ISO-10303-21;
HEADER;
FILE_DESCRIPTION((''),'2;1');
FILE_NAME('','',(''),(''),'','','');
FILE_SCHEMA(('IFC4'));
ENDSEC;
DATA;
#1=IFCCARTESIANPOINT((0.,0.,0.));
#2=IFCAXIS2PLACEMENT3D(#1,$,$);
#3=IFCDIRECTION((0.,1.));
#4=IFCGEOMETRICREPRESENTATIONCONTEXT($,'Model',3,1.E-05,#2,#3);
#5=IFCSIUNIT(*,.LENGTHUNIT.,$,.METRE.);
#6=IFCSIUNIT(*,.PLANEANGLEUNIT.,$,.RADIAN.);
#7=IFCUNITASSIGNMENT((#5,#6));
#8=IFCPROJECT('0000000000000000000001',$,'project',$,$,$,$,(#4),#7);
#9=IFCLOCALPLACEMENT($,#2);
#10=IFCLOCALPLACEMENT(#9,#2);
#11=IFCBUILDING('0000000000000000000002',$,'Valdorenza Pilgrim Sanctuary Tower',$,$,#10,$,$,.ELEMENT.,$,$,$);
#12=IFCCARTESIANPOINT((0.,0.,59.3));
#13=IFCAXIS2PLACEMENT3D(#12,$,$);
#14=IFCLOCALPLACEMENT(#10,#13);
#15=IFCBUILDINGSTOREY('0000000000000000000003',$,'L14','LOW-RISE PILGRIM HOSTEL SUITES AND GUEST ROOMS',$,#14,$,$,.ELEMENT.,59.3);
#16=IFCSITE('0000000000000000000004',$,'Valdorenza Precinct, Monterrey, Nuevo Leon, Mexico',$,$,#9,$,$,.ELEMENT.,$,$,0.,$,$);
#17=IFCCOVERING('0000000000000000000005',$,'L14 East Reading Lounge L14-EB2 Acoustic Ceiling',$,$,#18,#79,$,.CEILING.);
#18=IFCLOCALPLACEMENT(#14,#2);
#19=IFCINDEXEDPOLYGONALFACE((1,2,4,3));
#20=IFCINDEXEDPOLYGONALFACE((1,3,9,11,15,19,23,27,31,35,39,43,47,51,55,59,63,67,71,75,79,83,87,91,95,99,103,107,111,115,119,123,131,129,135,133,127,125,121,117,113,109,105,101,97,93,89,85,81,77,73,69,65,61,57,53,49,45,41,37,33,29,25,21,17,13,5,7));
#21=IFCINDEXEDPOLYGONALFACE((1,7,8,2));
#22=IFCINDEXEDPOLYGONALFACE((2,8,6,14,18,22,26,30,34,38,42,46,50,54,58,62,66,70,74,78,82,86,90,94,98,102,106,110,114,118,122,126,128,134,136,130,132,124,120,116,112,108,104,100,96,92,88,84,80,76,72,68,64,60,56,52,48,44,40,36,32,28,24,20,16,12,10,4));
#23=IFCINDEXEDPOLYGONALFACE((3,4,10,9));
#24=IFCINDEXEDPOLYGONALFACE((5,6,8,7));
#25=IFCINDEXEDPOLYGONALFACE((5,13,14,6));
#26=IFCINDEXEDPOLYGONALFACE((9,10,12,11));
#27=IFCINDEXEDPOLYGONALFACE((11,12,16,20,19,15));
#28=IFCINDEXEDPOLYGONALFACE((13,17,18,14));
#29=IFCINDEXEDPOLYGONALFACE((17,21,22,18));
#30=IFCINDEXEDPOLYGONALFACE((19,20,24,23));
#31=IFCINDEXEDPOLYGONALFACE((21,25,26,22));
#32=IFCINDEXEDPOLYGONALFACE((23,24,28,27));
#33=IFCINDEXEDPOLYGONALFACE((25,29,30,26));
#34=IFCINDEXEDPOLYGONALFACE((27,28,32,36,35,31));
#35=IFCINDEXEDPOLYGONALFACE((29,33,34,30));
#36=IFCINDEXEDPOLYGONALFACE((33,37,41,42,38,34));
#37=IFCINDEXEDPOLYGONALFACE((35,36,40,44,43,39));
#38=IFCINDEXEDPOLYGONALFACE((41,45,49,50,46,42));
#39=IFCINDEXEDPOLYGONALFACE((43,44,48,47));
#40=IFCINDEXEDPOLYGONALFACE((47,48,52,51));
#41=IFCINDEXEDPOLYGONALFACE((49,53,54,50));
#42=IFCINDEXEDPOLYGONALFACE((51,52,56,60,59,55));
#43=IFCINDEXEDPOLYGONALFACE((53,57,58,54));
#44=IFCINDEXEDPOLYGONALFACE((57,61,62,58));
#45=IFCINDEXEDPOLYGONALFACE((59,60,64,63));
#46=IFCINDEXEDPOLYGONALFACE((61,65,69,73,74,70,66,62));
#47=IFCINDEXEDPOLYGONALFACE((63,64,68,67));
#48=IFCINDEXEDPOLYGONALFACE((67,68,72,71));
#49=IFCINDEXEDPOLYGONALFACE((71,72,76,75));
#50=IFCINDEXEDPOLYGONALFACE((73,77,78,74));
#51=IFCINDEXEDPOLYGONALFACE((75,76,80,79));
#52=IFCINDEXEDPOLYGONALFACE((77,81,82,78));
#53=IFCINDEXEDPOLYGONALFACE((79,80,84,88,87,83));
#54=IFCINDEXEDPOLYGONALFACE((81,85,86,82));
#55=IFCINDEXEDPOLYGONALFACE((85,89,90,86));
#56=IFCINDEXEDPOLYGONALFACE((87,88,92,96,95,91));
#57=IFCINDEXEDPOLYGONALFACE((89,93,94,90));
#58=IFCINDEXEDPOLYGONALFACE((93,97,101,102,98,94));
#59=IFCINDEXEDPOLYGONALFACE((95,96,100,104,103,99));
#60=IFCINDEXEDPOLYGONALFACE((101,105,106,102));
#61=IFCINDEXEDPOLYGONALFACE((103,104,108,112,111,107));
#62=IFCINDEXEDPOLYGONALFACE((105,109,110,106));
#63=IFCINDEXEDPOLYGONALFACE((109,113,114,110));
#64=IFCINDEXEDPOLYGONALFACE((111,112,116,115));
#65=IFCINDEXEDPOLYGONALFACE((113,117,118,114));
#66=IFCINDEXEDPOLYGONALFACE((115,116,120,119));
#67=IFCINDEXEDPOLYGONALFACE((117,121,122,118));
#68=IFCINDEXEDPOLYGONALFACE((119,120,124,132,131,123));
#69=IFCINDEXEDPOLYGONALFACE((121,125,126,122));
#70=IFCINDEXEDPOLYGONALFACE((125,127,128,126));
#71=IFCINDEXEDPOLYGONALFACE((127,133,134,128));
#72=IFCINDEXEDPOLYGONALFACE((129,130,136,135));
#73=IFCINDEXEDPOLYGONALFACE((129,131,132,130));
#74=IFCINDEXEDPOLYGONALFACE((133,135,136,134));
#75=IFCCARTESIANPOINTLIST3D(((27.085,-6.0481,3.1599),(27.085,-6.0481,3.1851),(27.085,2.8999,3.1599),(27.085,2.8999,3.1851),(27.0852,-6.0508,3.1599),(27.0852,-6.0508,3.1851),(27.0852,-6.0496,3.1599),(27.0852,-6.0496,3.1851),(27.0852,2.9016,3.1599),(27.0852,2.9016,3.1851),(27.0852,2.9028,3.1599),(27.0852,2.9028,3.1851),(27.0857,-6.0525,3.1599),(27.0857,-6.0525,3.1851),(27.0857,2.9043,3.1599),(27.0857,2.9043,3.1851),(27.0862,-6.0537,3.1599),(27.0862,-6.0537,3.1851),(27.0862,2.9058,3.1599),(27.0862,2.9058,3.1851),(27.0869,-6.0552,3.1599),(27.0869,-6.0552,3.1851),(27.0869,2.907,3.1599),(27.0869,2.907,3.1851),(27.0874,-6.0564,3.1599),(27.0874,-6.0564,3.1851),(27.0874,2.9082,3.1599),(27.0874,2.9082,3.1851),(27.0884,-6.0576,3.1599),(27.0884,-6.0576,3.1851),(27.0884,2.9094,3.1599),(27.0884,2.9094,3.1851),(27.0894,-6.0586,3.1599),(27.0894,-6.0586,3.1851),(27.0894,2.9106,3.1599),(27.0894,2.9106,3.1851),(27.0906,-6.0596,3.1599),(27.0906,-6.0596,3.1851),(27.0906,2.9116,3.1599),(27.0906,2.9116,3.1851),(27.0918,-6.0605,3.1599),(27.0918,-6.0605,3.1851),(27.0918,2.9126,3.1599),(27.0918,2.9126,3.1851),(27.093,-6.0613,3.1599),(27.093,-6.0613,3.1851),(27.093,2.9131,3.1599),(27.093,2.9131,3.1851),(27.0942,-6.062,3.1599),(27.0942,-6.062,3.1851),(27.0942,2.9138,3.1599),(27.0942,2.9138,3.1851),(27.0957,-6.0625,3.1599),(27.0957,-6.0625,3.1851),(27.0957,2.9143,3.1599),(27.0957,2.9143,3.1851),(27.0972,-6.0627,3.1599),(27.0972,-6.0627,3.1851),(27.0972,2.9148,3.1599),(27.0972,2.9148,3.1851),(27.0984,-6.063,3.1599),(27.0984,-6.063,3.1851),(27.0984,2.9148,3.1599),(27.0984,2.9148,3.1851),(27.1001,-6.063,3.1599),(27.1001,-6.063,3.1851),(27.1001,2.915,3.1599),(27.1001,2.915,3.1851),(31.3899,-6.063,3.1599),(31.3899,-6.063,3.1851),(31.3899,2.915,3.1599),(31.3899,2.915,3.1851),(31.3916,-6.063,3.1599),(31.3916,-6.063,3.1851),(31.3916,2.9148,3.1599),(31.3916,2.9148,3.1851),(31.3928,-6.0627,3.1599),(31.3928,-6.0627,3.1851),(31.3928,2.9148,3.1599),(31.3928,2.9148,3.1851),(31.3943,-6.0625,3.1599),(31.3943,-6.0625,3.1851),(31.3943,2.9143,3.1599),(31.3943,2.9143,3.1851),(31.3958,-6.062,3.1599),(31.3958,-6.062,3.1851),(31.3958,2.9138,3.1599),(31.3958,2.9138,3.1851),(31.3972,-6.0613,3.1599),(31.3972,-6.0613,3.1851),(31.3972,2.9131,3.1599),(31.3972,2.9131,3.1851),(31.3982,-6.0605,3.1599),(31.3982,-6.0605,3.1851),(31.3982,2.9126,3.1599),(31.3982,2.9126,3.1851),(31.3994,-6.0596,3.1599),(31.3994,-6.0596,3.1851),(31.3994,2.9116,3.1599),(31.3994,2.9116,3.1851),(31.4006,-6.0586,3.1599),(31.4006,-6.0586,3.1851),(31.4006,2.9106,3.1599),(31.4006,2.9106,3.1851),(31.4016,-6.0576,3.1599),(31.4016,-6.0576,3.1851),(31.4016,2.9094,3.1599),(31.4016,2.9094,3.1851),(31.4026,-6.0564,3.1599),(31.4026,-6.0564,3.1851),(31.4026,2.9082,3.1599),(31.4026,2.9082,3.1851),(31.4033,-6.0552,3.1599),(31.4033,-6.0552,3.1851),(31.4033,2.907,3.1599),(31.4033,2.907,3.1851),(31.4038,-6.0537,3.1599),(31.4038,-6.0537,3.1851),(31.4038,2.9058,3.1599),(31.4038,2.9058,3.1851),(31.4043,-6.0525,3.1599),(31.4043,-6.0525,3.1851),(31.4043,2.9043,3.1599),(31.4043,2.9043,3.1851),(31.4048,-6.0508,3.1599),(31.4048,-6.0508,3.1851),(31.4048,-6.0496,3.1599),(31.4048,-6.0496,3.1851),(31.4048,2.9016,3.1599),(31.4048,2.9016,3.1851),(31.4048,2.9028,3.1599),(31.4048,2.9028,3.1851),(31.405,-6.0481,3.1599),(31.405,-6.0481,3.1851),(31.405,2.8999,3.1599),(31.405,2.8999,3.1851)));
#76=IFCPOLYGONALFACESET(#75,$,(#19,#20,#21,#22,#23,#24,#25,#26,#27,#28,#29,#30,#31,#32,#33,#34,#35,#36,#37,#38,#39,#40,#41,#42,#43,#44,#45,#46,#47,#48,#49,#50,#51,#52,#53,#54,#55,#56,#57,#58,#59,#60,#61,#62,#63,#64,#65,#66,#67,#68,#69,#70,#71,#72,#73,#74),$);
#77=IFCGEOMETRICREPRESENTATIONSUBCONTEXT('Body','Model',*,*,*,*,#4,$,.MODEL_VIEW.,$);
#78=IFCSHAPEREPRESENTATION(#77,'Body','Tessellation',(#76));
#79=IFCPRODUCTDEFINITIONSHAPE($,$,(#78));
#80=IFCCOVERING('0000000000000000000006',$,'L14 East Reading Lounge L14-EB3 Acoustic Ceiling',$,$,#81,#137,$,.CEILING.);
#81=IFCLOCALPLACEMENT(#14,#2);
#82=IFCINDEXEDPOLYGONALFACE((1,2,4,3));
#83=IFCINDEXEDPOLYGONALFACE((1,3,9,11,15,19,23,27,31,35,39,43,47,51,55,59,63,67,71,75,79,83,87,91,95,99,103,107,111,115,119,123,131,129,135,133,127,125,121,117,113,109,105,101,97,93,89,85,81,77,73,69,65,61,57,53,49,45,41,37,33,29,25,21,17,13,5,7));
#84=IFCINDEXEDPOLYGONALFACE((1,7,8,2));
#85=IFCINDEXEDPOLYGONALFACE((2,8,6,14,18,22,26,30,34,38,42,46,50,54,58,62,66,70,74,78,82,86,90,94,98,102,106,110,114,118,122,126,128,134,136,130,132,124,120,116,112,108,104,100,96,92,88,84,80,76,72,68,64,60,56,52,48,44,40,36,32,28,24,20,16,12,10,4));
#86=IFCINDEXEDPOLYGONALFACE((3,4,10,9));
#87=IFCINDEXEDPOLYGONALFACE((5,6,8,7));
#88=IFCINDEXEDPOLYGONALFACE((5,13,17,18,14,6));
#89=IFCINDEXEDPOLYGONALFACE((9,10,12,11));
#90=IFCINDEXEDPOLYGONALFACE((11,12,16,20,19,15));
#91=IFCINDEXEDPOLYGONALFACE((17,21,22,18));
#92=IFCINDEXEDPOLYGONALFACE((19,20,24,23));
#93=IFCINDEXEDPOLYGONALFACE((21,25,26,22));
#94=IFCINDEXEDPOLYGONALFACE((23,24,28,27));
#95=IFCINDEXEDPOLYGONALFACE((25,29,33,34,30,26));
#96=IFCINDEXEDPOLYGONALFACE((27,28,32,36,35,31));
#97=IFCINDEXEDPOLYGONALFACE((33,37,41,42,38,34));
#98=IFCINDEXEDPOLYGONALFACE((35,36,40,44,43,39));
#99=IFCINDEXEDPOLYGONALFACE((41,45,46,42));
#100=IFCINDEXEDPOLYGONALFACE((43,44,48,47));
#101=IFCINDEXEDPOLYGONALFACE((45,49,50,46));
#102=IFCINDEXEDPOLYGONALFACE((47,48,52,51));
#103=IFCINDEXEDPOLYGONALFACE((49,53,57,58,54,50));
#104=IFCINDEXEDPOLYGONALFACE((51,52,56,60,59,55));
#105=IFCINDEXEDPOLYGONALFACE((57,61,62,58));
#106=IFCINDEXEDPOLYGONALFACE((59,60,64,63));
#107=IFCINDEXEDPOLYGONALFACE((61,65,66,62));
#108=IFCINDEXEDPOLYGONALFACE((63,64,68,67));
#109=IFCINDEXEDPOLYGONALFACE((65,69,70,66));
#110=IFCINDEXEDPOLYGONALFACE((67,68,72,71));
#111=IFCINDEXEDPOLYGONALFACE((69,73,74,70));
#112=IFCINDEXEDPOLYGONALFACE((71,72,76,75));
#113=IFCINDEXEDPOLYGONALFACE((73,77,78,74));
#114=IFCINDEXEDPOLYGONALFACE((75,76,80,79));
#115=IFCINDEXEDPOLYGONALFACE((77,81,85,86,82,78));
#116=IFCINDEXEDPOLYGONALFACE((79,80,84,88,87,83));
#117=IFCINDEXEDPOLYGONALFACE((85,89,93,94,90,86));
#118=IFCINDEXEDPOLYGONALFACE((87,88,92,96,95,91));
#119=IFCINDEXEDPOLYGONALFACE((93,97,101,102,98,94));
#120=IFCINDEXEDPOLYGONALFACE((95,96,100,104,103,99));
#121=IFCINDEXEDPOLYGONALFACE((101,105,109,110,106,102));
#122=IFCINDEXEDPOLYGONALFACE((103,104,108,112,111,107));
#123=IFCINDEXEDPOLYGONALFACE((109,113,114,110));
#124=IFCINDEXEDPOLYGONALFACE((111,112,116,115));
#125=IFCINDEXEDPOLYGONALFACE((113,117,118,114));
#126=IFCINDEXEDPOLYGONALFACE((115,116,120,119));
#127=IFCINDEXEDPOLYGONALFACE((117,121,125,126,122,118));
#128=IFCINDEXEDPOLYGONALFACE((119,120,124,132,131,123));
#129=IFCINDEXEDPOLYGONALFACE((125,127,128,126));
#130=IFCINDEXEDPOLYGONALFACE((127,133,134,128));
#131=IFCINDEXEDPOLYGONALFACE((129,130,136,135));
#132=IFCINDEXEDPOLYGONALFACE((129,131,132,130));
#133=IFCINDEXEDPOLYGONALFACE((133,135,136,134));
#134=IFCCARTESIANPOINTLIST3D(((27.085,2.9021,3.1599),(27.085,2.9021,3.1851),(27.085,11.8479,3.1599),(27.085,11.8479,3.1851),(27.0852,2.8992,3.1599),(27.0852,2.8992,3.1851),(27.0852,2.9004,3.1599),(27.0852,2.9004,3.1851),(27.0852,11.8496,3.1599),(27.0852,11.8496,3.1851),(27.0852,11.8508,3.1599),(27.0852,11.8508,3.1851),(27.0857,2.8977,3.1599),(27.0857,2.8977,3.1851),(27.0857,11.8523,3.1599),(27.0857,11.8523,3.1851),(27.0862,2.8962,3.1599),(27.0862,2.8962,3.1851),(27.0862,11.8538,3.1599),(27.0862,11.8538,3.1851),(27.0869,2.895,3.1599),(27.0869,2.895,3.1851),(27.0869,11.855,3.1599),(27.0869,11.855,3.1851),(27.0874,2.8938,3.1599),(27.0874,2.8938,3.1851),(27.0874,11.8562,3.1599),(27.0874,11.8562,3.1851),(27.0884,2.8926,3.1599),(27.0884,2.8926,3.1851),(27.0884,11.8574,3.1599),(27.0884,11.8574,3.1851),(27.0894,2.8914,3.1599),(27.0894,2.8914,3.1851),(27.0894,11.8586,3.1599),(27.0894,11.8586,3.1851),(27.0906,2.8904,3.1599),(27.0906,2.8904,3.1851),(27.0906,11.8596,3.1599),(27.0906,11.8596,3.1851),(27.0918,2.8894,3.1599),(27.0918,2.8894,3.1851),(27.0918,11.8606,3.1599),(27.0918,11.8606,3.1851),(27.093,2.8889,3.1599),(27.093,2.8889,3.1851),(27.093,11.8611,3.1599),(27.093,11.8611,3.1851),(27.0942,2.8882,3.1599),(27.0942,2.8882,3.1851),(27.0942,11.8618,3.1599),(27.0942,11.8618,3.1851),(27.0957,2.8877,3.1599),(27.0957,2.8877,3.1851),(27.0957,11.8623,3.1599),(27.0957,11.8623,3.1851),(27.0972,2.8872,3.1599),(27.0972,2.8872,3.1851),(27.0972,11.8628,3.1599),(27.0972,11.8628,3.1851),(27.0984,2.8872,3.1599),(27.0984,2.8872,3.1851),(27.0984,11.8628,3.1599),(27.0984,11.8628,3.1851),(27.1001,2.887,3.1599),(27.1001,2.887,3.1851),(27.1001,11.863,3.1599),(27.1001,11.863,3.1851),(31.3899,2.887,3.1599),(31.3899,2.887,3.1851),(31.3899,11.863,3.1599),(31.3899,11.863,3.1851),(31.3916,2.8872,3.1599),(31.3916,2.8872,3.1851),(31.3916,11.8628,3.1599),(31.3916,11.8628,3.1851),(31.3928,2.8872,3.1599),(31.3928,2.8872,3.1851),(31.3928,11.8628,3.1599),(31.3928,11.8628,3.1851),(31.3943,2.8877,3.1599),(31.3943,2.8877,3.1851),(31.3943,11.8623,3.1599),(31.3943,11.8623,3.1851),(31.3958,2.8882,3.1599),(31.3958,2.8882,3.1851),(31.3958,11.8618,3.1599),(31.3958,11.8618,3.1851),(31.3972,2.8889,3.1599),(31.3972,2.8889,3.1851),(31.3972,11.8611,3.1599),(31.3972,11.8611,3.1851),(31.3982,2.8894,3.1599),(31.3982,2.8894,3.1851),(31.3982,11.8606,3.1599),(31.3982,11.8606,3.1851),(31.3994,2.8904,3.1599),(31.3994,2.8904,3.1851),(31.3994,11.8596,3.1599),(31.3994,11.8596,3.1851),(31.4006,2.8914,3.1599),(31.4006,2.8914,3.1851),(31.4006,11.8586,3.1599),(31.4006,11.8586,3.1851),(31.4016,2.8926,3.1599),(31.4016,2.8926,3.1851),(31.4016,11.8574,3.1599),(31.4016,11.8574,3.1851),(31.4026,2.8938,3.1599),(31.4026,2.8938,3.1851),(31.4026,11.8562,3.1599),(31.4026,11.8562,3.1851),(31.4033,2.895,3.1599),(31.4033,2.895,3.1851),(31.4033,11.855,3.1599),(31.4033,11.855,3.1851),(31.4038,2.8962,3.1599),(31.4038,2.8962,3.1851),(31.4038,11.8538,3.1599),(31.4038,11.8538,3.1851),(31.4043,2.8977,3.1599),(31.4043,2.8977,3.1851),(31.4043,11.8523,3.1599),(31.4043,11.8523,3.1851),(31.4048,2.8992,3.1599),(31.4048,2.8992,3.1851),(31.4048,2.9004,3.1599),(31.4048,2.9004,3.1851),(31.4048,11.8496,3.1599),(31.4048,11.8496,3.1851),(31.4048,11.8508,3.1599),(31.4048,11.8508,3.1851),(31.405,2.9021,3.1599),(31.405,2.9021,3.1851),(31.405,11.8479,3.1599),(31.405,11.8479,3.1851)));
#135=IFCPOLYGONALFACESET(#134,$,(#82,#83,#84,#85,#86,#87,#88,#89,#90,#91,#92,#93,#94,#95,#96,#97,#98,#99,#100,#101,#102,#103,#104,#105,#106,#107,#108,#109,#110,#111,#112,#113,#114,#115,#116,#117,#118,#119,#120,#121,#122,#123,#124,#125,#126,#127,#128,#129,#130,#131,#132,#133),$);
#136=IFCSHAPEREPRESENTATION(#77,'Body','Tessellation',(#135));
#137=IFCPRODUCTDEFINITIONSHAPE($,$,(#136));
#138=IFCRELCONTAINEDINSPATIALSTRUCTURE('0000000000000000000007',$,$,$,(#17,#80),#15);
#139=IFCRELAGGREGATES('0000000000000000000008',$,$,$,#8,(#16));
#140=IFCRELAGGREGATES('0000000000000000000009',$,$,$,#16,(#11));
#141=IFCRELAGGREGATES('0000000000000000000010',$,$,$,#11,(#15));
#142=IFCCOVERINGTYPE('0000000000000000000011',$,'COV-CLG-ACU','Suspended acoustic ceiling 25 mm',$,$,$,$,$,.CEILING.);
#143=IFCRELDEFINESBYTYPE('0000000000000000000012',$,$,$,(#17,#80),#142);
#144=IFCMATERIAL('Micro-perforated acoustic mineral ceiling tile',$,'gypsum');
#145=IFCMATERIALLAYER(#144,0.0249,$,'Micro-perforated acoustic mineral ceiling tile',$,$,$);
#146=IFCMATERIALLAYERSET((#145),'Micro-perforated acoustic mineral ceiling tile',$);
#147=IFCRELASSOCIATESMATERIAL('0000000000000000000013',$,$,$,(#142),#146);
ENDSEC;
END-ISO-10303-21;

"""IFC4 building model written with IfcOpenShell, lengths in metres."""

from ifc_helpers import new_model, si_unit, direction, frame, origin, place, context, subcontext, project, spatial, polyline, outline, extrude, material, layer, layer_set, type_object, element, save


model = new_model("IFC4")

# Units and contexts
model_context = context("Model", 3, precision=1e-05, world=origin(), true_north=direction((0.0, 1.0)))
body_context = subcontext(model_context, "Body", "Model", "MODEL_VIEW")
ifc_project = project(units=[si_unit("LENGTHUNIT", "METRE"), si_unit("PLANEANGLEUNIT", "RADIAN")], contexts=[model_context])

# Site, building, storey
site_placement = place(None, origin())
site = spatial("IfcSite", under=ifc_project, at=site_placement, Name="Valdorenza Precinct, Monterrey, Nuevo Leon, Mexico", CompositionType="ELEMENT", RefElevation=0.0)
building_placement = place(site_placement, origin())
building = spatial("IfcBuilding", under=site, at=building_placement, Name="Valdorenza Pilgrim Sanctuary Tower", CompositionType="ELEMENT")
storey_placement = place(building_placement, frame((0.0, 0.0, 59.3)))
storey = spatial("IfcBuildingStorey", under=building, at=storey_placement, Name="L14", Description="LOW-RISE PILGRIM HOSTEL SUITES AND GUEST ROOMS", CompositionType="ELEMENT", Elevation=59.3)

# Coverings
ifc_material_1 = material(Name="Micro-perforated acoustic mineral ceiling tile", Category="gypsum")
ifc_layer_1 = layer(ifc_material_1, 0.0249, Name="Micro-perforated acoustic mineral ceiling tile")
ifc_layer_set_1 = layer_set([ifc_layer_1], Name="Micro-perforated acoustic mineral ceiling tile")
covering_type_1 = type_object("IfcCoveringType", Name="COV-CLG-ACU", Description="Suspended acoustic ceiling 25 mm", PredefinedType="CEILING", material=ifc_layer_set_1)
covering_1_placement = place(storey_placement, frame((0.0, 0.0, 3.1599)))
element("IfcCovering", 1, at=covering_1_placement, inside=storey, type_object=covering_type_1, Name="L14 East Reading Lounge L14-EB2 Acoustic Ceiling", PredefinedType="CEILING", context=body_context, shape_type="SweptSolid", body=[
    extrude(outline(polyline([(27.085, 2.8999), (27.0852, 2.9016), (27.0852, 2.9028), (27.0857, 2.9043), (27.0862, 2.9058), (27.0869, 2.907), (27.0874, 2.9082), (27.0884, 2.9094), (27.0894, 2.9106), (27.0906, 2.9116), (27.0918, 2.9126), (27.093, 2.9131), (27.0942, 2.9138), (27.0957, 2.9143), (27.0972, 2.9148), (27.0984, 2.9148), (27.1001, 2.915), (31.3899, 2.915), (31.3916, 2.9148), (31.3928, 2.9148), (31.3943, 2.9143), (31.3958, 2.9138), (31.3972, 2.9131), (31.3982, 2.9126), (31.3994, 2.9116), (31.4006, 2.9106), (31.4016, 2.9094), (31.4026, 2.9082), (31.4033, 2.907), (31.4038, 2.9058), (31.4043, 2.9043), (31.4048, 2.9028), (31.4048, 2.9016), (31.405, 2.8999), (31.405, -6.0481), (31.4048, -6.0496), (31.4048, -6.0508), (31.4043, -6.0525), (31.4038, -6.0537), (31.4033, -6.0552), (31.4026, -6.0564), (31.4016, -6.0576), (31.4006, -6.0586), (31.3994, -6.0596), (31.3982, -6.0605), (31.3972, -6.0613), (31.3958, -6.062), (31.3943, -6.0625), (31.3928, -6.0627), (31.3916, -6.063), (31.3899, -6.063), (27.1001, -6.063), (27.0984, -6.063), (27.0972, -6.0627), (27.0957, -6.0625), (27.0942, -6.062), (27.093, -6.0613), (27.0918, -6.0605), (27.0906, -6.0596), (27.0894, -6.0586), (27.0884, -6.0576), (27.0874, -6.0564), (27.0869, -6.0552), (27.0862, -6.0537), (27.0857, -6.0525), (27.0852, -6.0508), (27.0852, -6.0496), (27.085, -6.0481), (27.085, 2.8999)])), origin(), (0.0, 0.0, 1.0), 0.0251),
])
covering_2_placement = place(storey_placement, frame((0.0, 0.0, 3.1599)))
element("IfcCovering", 2, at=covering_2_placement, inside=storey, type_object=covering_type_1, Name="L14 East Reading Lounge L14-EB3 Acoustic Ceiling", PredefinedType="CEILING", context=body_context, shape_type="SweptSolid", body=[
    extrude(outline(polyline([(27.085, 11.8479), (27.0852, 11.8496), (27.0852, 11.8508), (27.0857, 11.8523), (27.0862, 11.8538), (27.0869, 11.855), (27.0874, 11.8562), (27.0884, 11.8574), (27.0894, 11.8586), (27.0906, 11.8596), (27.0918, 11.8606), (27.093, 11.8611), (27.0942, 11.8618), (27.0957, 11.8623), (27.0972, 11.8628), (27.0984, 11.8628), (27.1001, 11.863), (31.3899, 11.863), (31.3916, 11.8628), (31.3928, 11.8628), (31.3943, 11.8623), (31.3958, 11.8618), (31.3972, 11.8611), (31.3982, 11.8606), (31.3994, 11.8596), (31.4006, 11.8586), (31.4016, 11.8574), (31.4026, 11.8562), (31.4033, 11.855), (31.4038, 11.8538), (31.4043, 11.8523), (31.4048, 11.8508), (31.4048, 11.8496), (31.405, 11.8479), (31.405, 2.9021), (31.4048, 2.9004), (31.4048, 2.8992), (31.4043, 2.8977), (31.4038, 2.8962), (31.4033, 2.895), (31.4026, 2.8938), (31.4016, 2.8926), (31.4006, 2.8914), (31.3994, 2.8904), (31.3982, 2.8894), (31.3972, 2.8889), (31.3958, 2.8882), (31.3943, 2.8877), (31.3928, 2.8872), (31.3916, 2.8872), (31.3899, 2.887), (27.1001, 2.887), (27.0984, 2.8872), (27.0972, 2.8872), (27.0957, 2.8877), (27.0942, 2.8882), (27.093, 2.8889), (27.0918, 2.8894), (27.0906, 2.8904), (27.0894, 2.8914), (27.0884, 2.8926), (27.0874, 2.8938), (27.0869, 2.895), (27.0862, 2.8962), (27.0857, 2.8977), (27.0852, 2.8992), (27.0852, 2.9004), (27.085, 2.9021), (27.085, 11.8479)])), origin(), (0.0, 0.0, 1.0), 0.0251),
])

save(model, "model.ifc")
